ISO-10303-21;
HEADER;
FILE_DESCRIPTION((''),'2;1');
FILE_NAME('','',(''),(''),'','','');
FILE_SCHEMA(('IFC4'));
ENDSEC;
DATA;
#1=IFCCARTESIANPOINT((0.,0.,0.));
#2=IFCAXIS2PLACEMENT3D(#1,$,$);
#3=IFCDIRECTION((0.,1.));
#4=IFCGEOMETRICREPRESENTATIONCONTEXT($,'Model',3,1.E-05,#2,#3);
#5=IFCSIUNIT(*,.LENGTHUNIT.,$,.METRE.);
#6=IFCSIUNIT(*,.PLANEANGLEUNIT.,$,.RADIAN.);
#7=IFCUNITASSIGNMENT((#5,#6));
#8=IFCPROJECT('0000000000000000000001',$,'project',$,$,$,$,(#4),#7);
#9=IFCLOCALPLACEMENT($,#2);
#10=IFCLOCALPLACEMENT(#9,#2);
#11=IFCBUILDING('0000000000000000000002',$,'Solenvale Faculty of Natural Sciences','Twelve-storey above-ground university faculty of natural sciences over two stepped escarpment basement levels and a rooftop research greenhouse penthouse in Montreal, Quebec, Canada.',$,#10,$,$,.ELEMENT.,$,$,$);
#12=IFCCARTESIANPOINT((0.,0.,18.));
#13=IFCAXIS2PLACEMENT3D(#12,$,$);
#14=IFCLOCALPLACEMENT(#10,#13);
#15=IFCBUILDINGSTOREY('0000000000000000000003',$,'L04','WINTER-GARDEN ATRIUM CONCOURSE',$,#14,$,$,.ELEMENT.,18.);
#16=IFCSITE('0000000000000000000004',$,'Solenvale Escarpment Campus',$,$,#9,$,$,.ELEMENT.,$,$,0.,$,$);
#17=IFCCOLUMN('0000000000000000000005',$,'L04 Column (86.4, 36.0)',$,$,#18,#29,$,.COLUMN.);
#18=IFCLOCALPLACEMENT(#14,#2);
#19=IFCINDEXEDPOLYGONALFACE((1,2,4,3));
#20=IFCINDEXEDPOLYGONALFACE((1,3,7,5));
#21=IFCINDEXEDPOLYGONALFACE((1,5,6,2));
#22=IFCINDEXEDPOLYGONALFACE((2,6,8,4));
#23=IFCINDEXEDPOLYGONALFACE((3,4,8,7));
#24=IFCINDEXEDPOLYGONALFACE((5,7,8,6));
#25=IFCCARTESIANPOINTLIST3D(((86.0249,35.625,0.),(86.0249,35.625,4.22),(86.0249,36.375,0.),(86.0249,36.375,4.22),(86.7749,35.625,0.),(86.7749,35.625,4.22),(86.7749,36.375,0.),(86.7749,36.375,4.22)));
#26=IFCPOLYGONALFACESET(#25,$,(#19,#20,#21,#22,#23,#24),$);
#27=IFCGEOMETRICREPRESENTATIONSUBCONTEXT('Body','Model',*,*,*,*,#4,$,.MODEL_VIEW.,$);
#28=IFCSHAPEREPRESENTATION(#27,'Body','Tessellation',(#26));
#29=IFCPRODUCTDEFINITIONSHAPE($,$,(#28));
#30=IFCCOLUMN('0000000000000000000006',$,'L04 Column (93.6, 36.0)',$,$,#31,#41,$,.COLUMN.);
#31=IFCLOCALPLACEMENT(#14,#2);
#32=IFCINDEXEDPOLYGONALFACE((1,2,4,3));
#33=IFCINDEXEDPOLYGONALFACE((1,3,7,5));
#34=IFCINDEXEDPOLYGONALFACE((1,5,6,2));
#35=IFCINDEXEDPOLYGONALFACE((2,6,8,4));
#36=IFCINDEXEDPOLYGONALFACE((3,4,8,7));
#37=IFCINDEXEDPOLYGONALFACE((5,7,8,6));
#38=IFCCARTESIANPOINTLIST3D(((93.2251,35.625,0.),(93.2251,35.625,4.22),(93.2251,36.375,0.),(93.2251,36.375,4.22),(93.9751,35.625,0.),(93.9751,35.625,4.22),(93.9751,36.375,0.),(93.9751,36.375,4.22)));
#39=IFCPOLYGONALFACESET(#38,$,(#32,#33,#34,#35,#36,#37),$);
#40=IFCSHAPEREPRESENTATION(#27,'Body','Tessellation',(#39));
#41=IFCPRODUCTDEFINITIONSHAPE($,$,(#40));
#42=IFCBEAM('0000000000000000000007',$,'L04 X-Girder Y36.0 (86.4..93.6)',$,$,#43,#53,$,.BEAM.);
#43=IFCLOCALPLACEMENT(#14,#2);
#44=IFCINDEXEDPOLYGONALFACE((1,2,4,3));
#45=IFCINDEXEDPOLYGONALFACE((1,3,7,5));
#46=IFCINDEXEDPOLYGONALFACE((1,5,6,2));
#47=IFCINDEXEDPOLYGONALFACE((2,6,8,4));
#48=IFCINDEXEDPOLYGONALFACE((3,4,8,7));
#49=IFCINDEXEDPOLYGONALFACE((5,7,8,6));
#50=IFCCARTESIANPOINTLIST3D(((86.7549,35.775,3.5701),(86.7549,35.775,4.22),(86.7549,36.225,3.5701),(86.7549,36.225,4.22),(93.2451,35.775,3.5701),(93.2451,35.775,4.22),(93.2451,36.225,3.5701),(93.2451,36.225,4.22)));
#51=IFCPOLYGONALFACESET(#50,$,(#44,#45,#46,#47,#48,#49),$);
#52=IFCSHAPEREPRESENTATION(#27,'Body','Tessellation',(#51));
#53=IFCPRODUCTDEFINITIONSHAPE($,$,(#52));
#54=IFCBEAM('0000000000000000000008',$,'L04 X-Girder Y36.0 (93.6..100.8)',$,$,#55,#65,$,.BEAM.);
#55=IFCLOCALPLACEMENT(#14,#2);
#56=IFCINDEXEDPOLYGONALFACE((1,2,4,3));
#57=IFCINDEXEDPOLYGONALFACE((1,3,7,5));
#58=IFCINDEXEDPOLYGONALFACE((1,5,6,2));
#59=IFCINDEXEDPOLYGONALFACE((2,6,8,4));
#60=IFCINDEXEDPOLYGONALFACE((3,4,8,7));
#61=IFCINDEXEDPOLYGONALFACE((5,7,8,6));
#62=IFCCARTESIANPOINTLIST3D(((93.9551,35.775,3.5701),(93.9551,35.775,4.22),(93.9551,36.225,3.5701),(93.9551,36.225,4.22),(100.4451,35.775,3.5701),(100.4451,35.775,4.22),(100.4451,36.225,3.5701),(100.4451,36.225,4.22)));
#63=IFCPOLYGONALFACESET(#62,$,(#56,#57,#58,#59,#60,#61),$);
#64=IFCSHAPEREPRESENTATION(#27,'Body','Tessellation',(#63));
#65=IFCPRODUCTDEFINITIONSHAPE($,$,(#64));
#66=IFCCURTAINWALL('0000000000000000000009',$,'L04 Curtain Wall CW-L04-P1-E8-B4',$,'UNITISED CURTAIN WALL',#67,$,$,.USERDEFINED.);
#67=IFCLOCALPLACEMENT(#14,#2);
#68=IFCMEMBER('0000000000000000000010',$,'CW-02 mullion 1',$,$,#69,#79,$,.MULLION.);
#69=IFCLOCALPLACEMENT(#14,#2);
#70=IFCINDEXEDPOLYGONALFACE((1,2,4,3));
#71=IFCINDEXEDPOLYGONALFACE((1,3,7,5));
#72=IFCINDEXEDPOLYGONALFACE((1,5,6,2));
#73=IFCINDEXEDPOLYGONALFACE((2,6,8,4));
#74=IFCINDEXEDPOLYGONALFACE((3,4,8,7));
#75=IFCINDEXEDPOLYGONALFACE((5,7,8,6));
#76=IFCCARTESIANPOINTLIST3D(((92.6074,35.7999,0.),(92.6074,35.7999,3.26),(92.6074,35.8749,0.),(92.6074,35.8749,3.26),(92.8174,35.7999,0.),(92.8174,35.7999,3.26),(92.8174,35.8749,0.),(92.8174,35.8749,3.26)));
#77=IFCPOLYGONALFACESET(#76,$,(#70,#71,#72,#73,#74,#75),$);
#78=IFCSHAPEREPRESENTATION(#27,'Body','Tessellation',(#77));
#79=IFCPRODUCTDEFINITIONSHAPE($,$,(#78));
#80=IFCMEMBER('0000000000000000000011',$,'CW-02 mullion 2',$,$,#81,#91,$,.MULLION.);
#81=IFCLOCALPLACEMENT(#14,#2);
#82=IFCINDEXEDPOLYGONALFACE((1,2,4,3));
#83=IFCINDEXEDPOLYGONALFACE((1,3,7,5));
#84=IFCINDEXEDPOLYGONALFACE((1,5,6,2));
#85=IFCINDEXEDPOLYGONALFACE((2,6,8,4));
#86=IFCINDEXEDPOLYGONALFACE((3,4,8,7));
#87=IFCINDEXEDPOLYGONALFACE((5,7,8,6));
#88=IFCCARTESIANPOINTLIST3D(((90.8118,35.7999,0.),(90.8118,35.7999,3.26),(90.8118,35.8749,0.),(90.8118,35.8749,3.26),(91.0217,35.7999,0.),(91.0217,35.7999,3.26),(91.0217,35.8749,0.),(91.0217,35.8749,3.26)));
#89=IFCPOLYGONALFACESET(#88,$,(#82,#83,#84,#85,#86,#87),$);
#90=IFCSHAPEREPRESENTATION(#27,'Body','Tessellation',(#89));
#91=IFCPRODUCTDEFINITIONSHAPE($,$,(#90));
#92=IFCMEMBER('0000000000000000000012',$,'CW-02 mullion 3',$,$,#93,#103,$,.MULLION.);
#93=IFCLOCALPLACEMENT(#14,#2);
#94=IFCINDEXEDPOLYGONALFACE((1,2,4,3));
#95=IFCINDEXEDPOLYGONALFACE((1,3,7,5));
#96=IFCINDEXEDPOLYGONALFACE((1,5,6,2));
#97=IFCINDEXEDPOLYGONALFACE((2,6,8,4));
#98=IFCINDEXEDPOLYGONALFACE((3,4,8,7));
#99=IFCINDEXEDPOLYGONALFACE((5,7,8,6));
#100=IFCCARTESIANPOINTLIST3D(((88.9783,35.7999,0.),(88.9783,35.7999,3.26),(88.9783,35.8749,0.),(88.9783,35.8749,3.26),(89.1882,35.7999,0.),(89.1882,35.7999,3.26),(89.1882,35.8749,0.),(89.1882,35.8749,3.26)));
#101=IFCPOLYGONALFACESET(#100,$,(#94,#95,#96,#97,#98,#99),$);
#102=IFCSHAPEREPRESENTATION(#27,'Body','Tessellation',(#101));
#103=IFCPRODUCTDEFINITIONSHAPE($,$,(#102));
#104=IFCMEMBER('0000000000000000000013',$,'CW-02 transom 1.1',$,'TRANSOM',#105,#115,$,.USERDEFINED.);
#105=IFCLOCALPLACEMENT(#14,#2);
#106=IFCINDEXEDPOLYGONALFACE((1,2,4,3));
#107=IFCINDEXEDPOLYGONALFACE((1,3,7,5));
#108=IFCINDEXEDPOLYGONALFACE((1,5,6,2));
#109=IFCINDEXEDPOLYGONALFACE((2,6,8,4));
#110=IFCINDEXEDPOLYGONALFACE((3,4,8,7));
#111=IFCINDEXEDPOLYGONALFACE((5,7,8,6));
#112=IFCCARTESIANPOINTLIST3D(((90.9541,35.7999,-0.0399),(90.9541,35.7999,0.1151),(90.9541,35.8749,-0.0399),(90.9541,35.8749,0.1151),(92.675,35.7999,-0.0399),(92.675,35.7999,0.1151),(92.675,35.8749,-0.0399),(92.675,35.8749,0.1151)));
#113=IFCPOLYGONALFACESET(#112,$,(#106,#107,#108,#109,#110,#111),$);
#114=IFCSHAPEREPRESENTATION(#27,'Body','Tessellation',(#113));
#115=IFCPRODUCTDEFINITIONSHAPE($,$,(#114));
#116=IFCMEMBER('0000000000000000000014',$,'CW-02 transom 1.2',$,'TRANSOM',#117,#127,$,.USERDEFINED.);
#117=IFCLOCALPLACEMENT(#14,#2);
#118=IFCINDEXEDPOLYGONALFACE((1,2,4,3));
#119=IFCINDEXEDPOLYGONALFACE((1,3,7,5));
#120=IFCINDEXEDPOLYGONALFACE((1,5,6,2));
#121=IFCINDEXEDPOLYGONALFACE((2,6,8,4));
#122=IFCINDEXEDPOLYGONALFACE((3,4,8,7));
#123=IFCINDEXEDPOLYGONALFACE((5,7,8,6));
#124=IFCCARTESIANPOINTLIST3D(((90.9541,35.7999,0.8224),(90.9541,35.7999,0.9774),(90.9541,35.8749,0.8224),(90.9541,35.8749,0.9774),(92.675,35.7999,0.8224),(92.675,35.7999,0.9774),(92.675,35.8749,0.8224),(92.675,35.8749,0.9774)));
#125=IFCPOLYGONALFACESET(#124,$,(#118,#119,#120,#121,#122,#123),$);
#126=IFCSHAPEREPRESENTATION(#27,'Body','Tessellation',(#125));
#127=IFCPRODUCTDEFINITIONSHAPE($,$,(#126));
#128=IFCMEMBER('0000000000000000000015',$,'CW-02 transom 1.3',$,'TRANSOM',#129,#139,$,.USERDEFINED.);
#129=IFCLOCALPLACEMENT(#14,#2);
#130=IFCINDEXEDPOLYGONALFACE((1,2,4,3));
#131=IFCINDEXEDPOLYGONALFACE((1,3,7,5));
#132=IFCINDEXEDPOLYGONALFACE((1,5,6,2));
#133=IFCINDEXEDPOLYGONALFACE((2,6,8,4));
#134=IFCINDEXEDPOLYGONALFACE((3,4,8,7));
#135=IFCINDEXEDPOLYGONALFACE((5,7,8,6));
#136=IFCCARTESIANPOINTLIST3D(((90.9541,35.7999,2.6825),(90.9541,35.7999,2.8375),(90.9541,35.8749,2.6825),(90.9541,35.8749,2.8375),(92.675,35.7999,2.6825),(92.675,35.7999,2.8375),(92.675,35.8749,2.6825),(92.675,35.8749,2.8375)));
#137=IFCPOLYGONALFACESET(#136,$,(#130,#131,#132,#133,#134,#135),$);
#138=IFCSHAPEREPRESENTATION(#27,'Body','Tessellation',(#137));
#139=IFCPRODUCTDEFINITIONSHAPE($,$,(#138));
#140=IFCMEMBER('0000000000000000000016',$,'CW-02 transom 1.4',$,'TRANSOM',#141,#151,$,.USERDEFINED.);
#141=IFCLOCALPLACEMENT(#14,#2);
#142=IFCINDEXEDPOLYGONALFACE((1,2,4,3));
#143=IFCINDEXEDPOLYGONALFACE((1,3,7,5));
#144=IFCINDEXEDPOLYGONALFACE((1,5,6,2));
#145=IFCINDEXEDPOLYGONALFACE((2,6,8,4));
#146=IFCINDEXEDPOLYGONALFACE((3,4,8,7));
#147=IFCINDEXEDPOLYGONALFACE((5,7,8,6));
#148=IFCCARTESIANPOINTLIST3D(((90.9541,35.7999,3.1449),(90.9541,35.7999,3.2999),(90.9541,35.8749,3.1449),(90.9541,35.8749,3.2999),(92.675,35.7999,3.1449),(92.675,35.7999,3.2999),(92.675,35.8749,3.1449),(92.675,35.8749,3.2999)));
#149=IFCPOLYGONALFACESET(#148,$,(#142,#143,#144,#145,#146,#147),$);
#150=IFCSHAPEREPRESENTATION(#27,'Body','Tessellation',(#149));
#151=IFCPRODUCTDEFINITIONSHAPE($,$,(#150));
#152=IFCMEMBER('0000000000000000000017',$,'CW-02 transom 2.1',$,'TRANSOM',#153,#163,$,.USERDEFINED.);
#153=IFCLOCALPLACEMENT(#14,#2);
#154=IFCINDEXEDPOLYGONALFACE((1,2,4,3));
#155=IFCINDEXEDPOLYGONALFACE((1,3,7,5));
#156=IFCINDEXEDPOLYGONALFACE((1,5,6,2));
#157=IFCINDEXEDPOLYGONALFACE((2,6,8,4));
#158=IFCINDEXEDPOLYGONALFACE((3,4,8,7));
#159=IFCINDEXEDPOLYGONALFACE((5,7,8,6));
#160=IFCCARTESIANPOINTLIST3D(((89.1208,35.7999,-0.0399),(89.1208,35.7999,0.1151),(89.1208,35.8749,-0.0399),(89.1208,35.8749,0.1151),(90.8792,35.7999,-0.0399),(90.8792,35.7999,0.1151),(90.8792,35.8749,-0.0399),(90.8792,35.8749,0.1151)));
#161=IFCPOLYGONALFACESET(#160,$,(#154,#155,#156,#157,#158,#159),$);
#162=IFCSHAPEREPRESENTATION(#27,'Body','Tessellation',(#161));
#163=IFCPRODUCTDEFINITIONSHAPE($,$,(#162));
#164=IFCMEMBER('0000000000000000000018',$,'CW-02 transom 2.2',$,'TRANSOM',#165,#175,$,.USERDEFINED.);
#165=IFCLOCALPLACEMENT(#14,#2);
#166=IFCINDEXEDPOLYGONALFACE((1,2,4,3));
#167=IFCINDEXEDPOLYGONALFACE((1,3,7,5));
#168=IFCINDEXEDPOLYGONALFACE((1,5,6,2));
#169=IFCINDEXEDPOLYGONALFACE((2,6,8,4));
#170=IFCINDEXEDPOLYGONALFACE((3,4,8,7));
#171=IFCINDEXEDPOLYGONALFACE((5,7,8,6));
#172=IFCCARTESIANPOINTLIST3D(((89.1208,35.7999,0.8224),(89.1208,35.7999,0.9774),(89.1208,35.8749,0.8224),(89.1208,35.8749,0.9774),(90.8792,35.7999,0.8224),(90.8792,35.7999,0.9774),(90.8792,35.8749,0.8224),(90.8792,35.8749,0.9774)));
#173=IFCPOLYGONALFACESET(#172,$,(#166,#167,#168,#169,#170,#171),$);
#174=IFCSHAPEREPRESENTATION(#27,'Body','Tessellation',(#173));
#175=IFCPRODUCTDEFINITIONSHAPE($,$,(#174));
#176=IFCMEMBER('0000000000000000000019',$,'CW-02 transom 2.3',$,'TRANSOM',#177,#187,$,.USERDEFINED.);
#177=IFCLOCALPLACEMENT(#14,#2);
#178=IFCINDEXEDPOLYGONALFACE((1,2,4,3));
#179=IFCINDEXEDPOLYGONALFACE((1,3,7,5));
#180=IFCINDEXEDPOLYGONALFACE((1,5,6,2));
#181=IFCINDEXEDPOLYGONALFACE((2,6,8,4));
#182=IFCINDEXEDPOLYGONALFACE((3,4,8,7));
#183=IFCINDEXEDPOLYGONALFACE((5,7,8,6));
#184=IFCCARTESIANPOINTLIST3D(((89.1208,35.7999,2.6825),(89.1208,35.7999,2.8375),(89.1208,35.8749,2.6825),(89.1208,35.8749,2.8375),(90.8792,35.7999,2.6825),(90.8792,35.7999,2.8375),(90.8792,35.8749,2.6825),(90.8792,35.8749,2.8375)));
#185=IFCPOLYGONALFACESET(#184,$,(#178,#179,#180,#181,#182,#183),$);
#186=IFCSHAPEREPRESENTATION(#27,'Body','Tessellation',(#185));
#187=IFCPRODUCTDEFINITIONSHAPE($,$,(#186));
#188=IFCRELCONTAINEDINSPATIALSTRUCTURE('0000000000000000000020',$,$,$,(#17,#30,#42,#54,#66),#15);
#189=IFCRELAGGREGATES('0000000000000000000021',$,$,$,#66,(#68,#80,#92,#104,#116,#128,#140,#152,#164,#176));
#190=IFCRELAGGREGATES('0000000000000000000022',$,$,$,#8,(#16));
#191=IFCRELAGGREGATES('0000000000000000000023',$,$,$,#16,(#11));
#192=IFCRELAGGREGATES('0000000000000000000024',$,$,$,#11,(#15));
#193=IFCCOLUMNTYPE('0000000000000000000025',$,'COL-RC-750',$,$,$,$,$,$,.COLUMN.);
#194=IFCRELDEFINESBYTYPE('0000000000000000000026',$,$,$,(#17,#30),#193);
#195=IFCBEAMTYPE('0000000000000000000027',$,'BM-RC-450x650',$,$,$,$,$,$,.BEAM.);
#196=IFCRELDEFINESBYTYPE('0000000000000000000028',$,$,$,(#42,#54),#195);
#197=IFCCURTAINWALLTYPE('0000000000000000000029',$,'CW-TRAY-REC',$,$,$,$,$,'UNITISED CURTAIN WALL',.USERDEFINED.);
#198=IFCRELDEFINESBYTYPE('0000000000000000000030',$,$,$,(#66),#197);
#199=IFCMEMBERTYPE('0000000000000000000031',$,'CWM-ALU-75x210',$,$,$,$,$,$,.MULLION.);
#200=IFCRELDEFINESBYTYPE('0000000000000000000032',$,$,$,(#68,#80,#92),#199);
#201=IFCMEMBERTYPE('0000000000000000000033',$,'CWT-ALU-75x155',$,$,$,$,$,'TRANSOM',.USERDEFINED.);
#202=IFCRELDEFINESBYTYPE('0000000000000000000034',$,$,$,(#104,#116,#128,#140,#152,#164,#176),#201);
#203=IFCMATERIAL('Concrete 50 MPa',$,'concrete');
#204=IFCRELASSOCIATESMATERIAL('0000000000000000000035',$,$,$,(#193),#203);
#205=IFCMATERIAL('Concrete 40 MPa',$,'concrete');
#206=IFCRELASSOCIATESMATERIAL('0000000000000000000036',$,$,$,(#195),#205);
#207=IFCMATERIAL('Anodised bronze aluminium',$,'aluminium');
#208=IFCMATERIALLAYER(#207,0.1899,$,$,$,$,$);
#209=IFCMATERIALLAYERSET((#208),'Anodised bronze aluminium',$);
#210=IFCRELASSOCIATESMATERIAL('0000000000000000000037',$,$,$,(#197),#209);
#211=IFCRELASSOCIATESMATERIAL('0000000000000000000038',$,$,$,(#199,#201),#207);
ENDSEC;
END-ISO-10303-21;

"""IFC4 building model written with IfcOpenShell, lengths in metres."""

from ifc_helpers import new_model, si_unit, direction, frame, origin, origin_2d, place, context, subcontext, project, spatial, rectangle, extrude, material, layer, layer_set, material_profile, profile_set, type_object, element, aggregate, save


model = new_model("IFC4")

# Units and contexts
model_context = context("Model", 3, precision=1e-05, world=origin(), true_north=direction((0.0, 1.0)))
body_context = subcontext(model_context, "Body", "Model", "MODEL_VIEW")
ifc_project = project(units=[si_unit("LENGTHUNIT", "METRE"), si_unit("PLANEANGLEUNIT", "RADIAN")], contexts=[model_context])

# Site, building, storey
site_placement = place(None, origin())
site = spatial("IfcSite", under=ifc_project, at=site_placement, Name="Solenvale Escarpment Campus", CompositionType="ELEMENT", RefElevation=0.0)
building_placement = place(site_placement, origin())
building = spatial("IfcBuilding", under=site, at=building_placement, Name="Solenvale Faculty of Natural Sciences", Description="Twelve-storey above-ground university faculty of natural sciences over two stepped escarpment basement levels and a rooftop research greenhouse penthouse in Montreal, Quebec, Canada.", CompositionType="ELEMENT")
storey_placement = place(building_placement, frame((0.0, 0.0, 18.0)))
storey = spatial("IfcBuildingStorey", under=building, at=storey_placement, Name="L04", Description="WINTER-GARDEN ATRIUM CONCOURSE", CompositionType="ELEMENT", Elevation=18.0)

# Columns
ifc_material_1 = material(Name="Concrete 50 MPa", Category="concrete")
ifc_material_profile_1 = material_profile(ifc_material_1, rectangle(XDim=0.75, YDim=0.75, at=origin_2d()), Name="RC-COL-750x750")
ifc_profile_set_1 = profile_set([ifc_material_profile_1], Name="Concrete 50 MPa")
column_type = type_object("IfcColumnType", Name="COL-RC-750", PredefinedType="COLUMN", material=ifc_profile_set_1)
for number, where, z_axis, x_axis, name in (
    (1, (86.3999, 36.0, 0.0), (0.0, 0.0, 1.0), (1.0, 0.0, 0.0), "L04 Column (86.4, 36.0)"),
    (2, (93.6001, 36.0, 0.0), (0.0, 0.0, 1.0), (1.0, 0.0, 0.0), "L04 Column (93.6, 36.0)"),
):
    element("IfcColumn", number, at=place(storey_placement, frame(where, z_axis=z_axis, x_axis=x_axis)), inside=storey, type_object=column_type, Name=name, PredefinedType="COLUMN", context=body_context, shape_type="SweptSolid", body=[
        extrude(rectangle(XDim=0.75, YDim=0.75, at=origin_2d()), origin(), (0.0, 0.0, 1.0), 4.22),
    ])

# Beams
ifc_material_2 = material(Name="Concrete 40 MPa", Category="concrete")
ifc_material_profile_2 = material_profile(ifc_material_2, rectangle(XDim=0.45, YDim=0.6499, at=origin_2d()), Name="RC-BM-450x650")
ifc_profile_set_2 = profile_set([ifc_material_profile_2], Name="Concrete 40 MPa")
beam_type = type_object("IfcBeamType", Name="BM-RC-450x650", PredefinedType="BEAM", material=ifc_profile_set_2)
beam_1_placement = place(storey_placement, frame((86.7549, 36.0, 3.895), z_axis=(1.0, 0.0, 0.0), x_axis=(0.0, 1.0, 0.0)))
element("IfcBeam", 3, at=beam_1_placement, inside=storey, type_object=beam_type, Name="L04 X-Girder Y36.0 (86.4..93.6)", PredefinedType="BEAM", context=body_context, shape_type="SweptSolid", body=[
    extrude(rectangle(XDim=0.45, YDim=0.6499, at=origin_2d()), origin(), (0.0, 0.0, 1.0), 6.4902),
])
beam_2_placement = place(storey_placement, frame((93.9551, 36.0, 3.895), z_axis=(1.0, 0.0, 0.0), x_axis=(0.0, 1.0, 0.0)))
element("IfcBeam", 4, at=beam_2_placement, inside=storey, type_object=beam_type, Name="L04 X-Girder Y36.0 (93.6..100.8)", PredefinedType="BEAM", context=body_context, shape_type="SweptSolid", body=[
    extrude(rectangle(XDim=0.45, YDim=0.6499, at=origin_2d()), origin(), (0.0, 0.0, 1.0), 6.49),
])

# Curtain wall, members
ifc_material_3 = material(Name="Anodised bronze aluminium", Category="aluminium")
ifc_layer_1 = layer(ifc_material_3, 0.1899)
ifc_layer_set_1 = layer_set([ifc_layer_1], Name="Anodised bronze aluminium")
curtain_wall_type = type_object("IfcCurtainWallType", Name="CW-TRAY-REC", ElementType="UNITISED CURTAIN WALL", PredefinedType="USERDEFINED", material=ifc_layer_set_1)
curtain_wall_placement = place(storey_placement, origin())
curtain_wall = element("IfcCurtainWall", 5, at=curtain_wall_placement, inside=storey, type_object=curtain_wall_type, Name="L04 Curtain Wall CW-L04-P1-E8-B4", ObjectType="UNITISED CURTAIN WALL", PredefinedType="USERDEFINED")
ifc_material_profile_3 = material_profile(ifc_material_3, rectangle(XDim=0.075, YDim=0.21, at=origin_2d()), Name="ALU-MUL-75x210")
ifc_profile_set_3 = profile_set([ifc_material_profile_3], Name="Anodised bronze aluminium")
member_type_1 = type_object("IfcMemberType", Name="CWM-ALU-75x210", PredefinedType="MULLION", material=ifc_profile_set_3)
member_1_placement = place(storey_placement, frame((92.7124, 35.8374, 0.0), z_axis=(0.0, 0.0, 1.0), x_axis=(0.0, -1.0, 0.0)))
member_1 = element("IfcMember", 6, at=member_1_placement, type_object=member_type_1, Name="CW-02 mullion 1", PredefinedType="MULLION", context=body_context, shape_type="SweptSolid", body=[
    extrude(rectangle(XDim=0.075, YDim=0.21, at=origin_2d()), origin(), (0.0, 0.0, 1.0), 3.26),
])
member_2_placement = place(storey_placement, frame((90.9167, 35.8374, 0.0), z_axis=(0.0, 0.0, 1.0), x_axis=(0.0, -1.0, 0.0)))
member_2 = element("IfcMember", 7, at=member_2_placement, type_object=member_type_1, Name="CW-02 mullion 2", PredefinedType="MULLION", context=body_context, shape_type="SweptSolid", body=[
    extrude(rectangle(XDim=0.075, YDim=0.21, at=origin_2d()), origin(), (0.0, 0.0, 1.0), 3.26),
])
member_3_placement = place(storey_placement, frame((89.0833, 35.8374, 0.0), z_axis=(0.0, 0.0, 1.0), x_axis=(0.0, -1.0, 0.0)))
member_3 = element("IfcMember", 8, at=member_3_placement, type_object=member_type_1, Name="CW-02 mullion 3", PredefinedType="MULLION", context=body_context, shape_type="SweptSolid", body=[
    extrude(rectangle(XDim=0.075, YDim=0.21, at=origin_2d()), origin(), (0.0, 0.0, 1.0), 3.26),
])
ifc_material_profile_4 = material_profile(ifc_material_3, rectangle(XDim=0.075, YDim=0.155, at=origin_2d()), Name="ALU-TRN-75x155")
ifc_profile_set_4 = profile_set([ifc_material_profile_4], Name="Anodised bronze aluminium")
member_type_2 = type_object("IfcMemberType", Name="CWT-ALU-75x155", ElementType="TRANSOM", PredefinedType="USERDEFINED", material=ifc_profile_set_4)
member_4_placement = place(storey_placement, frame((92.675, 35.8374, 0.0376), z_axis=(-1.0, 0.0, 0.0), x_axis=(0.0, -1.0, 0.0)))
member_4 = element("IfcMember", 9, at=member_4_placement, type_object=member_type_2, Name="CW-02 transom 1.1", ObjectType="TRANSOM", PredefinedType="USERDEFINED", context=body_context, shape_type="SweptSolid", body=[
    extrude(rectangle(XDim=0.075, YDim=0.155, at=origin_2d()), origin(), (0.0, 0.0, 1.0), 1.7209),
])
member_5_placement = place(storey_placement, frame((92.675, 35.8374, 0.8999), z_axis=(-1.0, 0.0, 0.0), x_axis=(0.0, -1.0, 0.0)))
member_5 = element("IfcMember", 10, at=member_5_placement, type_object=member_type_2, Name="CW-02 transom 1.2", ObjectType="TRANSOM", PredefinedType="USERDEFINED", context=body_context, shape_type="SweptSolid", body=[
    extrude(rectangle(XDim=0.075, YDim=0.155, at=origin_2d()), origin(), (0.0, 0.0, 1.0), 1.7209),
])
member_6_placement = place(storey_placement, frame((92.675, 35.8374, 2.76), z_axis=(-1.0, 0.0, 0.0), x_axis=(0.0, -1.0, 0.0)))
member_6 = element("IfcMember", 11, at=member_6_placement, type_object=member_type_2, Name="CW-02 transom 1.3", ObjectType="TRANSOM", PredefinedType="USERDEFINED", context=body_context, shape_type="SweptSolid", body=[
    extrude(rectangle(XDim=0.075, YDim=0.155, at=origin_2d()), origin(), (0.0, 0.0, 1.0), 1.7209),
])
member_7_placement = place(storey_placement, frame((92.675, 35.8374, 3.2224), z_axis=(-1.0, 0.0, 0.0), x_axis=(0.0, -1.0, 0.0)))
member_7 = element("IfcMember", 12, at=member_7_placement, type_object=member_type_2, Name="CW-02 transom 1.4", ObjectType="TRANSOM", PredefinedType="USERDEFINED", context=body_context, shape_type="SweptSolid", body=[
    extrude(rectangle(XDim=0.075, YDim=0.155, at=origin_2d()), origin(), (0.0, 0.0, 1.0), 1.7209),
])
member_8_placement = place(storey_placement, frame((90.8792, 35.8374, 0.0376), z_axis=(-1.0, 0.0, 0.0), x_axis=(0.0, -1.0, 0.0)))
member_8 = element("IfcMember", 13, at=member_8_placement, type_object=member_type_2, Name="CW-02 transom 2.1", ObjectType="TRANSOM", PredefinedType="USERDEFINED", context=body_context, shape_type="SweptSolid", body=[
    extrude(rectangle(XDim=0.075, YDim=0.155, at=origin_2d()), origin(), (0.0, 0.0, 1.0), 1.7583),
])
member_9_placement = place(storey_placement, frame((90.8792, 35.8374, 0.8999), z_axis=(-1.0, 0.0, 0.0), x_axis=(0.0, -1.0, 0.0)))
member_9 = element("IfcMember", 14, at=member_9_placement, type_object=member_type_2, Name="CW-02 transom 2.2", ObjectType="TRANSOM", PredefinedType="USERDEFINED", context=body_context, shape_type="SweptSolid", body=[
    extrude(rectangle(XDim=0.075, YDim=0.155, at=origin_2d()), origin(), (0.0, 0.0, 1.0), 1.7583),
])
member_10_placement = place(storey_placement, frame((90.8792, 35.8374, 2.76), z_axis=(-1.0, 0.0, 0.0), x_axis=(0.0, -1.0, 0.0)))
member_10 = element("IfcMember", 15, at=member_10_placement, type_object=member_type_2, Name="CW-02 transom 2.3", ObjectType="TRANSOM", PredefinedType="USERDEFINED", context=body_context, shape_type="SweptSolid", body=[
    extrude(rectangle(XDim=0.075, YDim=0.155, at=origin_2d()), origin(), (0.0, 0.0, 1.0), 1.7583),
])
aggregate(curtain_wall, [member_1, member_2, member_3, member_4, member_5, member_6, member_7, member_8, member_9, member_10])

save(model, "model.ifc")
